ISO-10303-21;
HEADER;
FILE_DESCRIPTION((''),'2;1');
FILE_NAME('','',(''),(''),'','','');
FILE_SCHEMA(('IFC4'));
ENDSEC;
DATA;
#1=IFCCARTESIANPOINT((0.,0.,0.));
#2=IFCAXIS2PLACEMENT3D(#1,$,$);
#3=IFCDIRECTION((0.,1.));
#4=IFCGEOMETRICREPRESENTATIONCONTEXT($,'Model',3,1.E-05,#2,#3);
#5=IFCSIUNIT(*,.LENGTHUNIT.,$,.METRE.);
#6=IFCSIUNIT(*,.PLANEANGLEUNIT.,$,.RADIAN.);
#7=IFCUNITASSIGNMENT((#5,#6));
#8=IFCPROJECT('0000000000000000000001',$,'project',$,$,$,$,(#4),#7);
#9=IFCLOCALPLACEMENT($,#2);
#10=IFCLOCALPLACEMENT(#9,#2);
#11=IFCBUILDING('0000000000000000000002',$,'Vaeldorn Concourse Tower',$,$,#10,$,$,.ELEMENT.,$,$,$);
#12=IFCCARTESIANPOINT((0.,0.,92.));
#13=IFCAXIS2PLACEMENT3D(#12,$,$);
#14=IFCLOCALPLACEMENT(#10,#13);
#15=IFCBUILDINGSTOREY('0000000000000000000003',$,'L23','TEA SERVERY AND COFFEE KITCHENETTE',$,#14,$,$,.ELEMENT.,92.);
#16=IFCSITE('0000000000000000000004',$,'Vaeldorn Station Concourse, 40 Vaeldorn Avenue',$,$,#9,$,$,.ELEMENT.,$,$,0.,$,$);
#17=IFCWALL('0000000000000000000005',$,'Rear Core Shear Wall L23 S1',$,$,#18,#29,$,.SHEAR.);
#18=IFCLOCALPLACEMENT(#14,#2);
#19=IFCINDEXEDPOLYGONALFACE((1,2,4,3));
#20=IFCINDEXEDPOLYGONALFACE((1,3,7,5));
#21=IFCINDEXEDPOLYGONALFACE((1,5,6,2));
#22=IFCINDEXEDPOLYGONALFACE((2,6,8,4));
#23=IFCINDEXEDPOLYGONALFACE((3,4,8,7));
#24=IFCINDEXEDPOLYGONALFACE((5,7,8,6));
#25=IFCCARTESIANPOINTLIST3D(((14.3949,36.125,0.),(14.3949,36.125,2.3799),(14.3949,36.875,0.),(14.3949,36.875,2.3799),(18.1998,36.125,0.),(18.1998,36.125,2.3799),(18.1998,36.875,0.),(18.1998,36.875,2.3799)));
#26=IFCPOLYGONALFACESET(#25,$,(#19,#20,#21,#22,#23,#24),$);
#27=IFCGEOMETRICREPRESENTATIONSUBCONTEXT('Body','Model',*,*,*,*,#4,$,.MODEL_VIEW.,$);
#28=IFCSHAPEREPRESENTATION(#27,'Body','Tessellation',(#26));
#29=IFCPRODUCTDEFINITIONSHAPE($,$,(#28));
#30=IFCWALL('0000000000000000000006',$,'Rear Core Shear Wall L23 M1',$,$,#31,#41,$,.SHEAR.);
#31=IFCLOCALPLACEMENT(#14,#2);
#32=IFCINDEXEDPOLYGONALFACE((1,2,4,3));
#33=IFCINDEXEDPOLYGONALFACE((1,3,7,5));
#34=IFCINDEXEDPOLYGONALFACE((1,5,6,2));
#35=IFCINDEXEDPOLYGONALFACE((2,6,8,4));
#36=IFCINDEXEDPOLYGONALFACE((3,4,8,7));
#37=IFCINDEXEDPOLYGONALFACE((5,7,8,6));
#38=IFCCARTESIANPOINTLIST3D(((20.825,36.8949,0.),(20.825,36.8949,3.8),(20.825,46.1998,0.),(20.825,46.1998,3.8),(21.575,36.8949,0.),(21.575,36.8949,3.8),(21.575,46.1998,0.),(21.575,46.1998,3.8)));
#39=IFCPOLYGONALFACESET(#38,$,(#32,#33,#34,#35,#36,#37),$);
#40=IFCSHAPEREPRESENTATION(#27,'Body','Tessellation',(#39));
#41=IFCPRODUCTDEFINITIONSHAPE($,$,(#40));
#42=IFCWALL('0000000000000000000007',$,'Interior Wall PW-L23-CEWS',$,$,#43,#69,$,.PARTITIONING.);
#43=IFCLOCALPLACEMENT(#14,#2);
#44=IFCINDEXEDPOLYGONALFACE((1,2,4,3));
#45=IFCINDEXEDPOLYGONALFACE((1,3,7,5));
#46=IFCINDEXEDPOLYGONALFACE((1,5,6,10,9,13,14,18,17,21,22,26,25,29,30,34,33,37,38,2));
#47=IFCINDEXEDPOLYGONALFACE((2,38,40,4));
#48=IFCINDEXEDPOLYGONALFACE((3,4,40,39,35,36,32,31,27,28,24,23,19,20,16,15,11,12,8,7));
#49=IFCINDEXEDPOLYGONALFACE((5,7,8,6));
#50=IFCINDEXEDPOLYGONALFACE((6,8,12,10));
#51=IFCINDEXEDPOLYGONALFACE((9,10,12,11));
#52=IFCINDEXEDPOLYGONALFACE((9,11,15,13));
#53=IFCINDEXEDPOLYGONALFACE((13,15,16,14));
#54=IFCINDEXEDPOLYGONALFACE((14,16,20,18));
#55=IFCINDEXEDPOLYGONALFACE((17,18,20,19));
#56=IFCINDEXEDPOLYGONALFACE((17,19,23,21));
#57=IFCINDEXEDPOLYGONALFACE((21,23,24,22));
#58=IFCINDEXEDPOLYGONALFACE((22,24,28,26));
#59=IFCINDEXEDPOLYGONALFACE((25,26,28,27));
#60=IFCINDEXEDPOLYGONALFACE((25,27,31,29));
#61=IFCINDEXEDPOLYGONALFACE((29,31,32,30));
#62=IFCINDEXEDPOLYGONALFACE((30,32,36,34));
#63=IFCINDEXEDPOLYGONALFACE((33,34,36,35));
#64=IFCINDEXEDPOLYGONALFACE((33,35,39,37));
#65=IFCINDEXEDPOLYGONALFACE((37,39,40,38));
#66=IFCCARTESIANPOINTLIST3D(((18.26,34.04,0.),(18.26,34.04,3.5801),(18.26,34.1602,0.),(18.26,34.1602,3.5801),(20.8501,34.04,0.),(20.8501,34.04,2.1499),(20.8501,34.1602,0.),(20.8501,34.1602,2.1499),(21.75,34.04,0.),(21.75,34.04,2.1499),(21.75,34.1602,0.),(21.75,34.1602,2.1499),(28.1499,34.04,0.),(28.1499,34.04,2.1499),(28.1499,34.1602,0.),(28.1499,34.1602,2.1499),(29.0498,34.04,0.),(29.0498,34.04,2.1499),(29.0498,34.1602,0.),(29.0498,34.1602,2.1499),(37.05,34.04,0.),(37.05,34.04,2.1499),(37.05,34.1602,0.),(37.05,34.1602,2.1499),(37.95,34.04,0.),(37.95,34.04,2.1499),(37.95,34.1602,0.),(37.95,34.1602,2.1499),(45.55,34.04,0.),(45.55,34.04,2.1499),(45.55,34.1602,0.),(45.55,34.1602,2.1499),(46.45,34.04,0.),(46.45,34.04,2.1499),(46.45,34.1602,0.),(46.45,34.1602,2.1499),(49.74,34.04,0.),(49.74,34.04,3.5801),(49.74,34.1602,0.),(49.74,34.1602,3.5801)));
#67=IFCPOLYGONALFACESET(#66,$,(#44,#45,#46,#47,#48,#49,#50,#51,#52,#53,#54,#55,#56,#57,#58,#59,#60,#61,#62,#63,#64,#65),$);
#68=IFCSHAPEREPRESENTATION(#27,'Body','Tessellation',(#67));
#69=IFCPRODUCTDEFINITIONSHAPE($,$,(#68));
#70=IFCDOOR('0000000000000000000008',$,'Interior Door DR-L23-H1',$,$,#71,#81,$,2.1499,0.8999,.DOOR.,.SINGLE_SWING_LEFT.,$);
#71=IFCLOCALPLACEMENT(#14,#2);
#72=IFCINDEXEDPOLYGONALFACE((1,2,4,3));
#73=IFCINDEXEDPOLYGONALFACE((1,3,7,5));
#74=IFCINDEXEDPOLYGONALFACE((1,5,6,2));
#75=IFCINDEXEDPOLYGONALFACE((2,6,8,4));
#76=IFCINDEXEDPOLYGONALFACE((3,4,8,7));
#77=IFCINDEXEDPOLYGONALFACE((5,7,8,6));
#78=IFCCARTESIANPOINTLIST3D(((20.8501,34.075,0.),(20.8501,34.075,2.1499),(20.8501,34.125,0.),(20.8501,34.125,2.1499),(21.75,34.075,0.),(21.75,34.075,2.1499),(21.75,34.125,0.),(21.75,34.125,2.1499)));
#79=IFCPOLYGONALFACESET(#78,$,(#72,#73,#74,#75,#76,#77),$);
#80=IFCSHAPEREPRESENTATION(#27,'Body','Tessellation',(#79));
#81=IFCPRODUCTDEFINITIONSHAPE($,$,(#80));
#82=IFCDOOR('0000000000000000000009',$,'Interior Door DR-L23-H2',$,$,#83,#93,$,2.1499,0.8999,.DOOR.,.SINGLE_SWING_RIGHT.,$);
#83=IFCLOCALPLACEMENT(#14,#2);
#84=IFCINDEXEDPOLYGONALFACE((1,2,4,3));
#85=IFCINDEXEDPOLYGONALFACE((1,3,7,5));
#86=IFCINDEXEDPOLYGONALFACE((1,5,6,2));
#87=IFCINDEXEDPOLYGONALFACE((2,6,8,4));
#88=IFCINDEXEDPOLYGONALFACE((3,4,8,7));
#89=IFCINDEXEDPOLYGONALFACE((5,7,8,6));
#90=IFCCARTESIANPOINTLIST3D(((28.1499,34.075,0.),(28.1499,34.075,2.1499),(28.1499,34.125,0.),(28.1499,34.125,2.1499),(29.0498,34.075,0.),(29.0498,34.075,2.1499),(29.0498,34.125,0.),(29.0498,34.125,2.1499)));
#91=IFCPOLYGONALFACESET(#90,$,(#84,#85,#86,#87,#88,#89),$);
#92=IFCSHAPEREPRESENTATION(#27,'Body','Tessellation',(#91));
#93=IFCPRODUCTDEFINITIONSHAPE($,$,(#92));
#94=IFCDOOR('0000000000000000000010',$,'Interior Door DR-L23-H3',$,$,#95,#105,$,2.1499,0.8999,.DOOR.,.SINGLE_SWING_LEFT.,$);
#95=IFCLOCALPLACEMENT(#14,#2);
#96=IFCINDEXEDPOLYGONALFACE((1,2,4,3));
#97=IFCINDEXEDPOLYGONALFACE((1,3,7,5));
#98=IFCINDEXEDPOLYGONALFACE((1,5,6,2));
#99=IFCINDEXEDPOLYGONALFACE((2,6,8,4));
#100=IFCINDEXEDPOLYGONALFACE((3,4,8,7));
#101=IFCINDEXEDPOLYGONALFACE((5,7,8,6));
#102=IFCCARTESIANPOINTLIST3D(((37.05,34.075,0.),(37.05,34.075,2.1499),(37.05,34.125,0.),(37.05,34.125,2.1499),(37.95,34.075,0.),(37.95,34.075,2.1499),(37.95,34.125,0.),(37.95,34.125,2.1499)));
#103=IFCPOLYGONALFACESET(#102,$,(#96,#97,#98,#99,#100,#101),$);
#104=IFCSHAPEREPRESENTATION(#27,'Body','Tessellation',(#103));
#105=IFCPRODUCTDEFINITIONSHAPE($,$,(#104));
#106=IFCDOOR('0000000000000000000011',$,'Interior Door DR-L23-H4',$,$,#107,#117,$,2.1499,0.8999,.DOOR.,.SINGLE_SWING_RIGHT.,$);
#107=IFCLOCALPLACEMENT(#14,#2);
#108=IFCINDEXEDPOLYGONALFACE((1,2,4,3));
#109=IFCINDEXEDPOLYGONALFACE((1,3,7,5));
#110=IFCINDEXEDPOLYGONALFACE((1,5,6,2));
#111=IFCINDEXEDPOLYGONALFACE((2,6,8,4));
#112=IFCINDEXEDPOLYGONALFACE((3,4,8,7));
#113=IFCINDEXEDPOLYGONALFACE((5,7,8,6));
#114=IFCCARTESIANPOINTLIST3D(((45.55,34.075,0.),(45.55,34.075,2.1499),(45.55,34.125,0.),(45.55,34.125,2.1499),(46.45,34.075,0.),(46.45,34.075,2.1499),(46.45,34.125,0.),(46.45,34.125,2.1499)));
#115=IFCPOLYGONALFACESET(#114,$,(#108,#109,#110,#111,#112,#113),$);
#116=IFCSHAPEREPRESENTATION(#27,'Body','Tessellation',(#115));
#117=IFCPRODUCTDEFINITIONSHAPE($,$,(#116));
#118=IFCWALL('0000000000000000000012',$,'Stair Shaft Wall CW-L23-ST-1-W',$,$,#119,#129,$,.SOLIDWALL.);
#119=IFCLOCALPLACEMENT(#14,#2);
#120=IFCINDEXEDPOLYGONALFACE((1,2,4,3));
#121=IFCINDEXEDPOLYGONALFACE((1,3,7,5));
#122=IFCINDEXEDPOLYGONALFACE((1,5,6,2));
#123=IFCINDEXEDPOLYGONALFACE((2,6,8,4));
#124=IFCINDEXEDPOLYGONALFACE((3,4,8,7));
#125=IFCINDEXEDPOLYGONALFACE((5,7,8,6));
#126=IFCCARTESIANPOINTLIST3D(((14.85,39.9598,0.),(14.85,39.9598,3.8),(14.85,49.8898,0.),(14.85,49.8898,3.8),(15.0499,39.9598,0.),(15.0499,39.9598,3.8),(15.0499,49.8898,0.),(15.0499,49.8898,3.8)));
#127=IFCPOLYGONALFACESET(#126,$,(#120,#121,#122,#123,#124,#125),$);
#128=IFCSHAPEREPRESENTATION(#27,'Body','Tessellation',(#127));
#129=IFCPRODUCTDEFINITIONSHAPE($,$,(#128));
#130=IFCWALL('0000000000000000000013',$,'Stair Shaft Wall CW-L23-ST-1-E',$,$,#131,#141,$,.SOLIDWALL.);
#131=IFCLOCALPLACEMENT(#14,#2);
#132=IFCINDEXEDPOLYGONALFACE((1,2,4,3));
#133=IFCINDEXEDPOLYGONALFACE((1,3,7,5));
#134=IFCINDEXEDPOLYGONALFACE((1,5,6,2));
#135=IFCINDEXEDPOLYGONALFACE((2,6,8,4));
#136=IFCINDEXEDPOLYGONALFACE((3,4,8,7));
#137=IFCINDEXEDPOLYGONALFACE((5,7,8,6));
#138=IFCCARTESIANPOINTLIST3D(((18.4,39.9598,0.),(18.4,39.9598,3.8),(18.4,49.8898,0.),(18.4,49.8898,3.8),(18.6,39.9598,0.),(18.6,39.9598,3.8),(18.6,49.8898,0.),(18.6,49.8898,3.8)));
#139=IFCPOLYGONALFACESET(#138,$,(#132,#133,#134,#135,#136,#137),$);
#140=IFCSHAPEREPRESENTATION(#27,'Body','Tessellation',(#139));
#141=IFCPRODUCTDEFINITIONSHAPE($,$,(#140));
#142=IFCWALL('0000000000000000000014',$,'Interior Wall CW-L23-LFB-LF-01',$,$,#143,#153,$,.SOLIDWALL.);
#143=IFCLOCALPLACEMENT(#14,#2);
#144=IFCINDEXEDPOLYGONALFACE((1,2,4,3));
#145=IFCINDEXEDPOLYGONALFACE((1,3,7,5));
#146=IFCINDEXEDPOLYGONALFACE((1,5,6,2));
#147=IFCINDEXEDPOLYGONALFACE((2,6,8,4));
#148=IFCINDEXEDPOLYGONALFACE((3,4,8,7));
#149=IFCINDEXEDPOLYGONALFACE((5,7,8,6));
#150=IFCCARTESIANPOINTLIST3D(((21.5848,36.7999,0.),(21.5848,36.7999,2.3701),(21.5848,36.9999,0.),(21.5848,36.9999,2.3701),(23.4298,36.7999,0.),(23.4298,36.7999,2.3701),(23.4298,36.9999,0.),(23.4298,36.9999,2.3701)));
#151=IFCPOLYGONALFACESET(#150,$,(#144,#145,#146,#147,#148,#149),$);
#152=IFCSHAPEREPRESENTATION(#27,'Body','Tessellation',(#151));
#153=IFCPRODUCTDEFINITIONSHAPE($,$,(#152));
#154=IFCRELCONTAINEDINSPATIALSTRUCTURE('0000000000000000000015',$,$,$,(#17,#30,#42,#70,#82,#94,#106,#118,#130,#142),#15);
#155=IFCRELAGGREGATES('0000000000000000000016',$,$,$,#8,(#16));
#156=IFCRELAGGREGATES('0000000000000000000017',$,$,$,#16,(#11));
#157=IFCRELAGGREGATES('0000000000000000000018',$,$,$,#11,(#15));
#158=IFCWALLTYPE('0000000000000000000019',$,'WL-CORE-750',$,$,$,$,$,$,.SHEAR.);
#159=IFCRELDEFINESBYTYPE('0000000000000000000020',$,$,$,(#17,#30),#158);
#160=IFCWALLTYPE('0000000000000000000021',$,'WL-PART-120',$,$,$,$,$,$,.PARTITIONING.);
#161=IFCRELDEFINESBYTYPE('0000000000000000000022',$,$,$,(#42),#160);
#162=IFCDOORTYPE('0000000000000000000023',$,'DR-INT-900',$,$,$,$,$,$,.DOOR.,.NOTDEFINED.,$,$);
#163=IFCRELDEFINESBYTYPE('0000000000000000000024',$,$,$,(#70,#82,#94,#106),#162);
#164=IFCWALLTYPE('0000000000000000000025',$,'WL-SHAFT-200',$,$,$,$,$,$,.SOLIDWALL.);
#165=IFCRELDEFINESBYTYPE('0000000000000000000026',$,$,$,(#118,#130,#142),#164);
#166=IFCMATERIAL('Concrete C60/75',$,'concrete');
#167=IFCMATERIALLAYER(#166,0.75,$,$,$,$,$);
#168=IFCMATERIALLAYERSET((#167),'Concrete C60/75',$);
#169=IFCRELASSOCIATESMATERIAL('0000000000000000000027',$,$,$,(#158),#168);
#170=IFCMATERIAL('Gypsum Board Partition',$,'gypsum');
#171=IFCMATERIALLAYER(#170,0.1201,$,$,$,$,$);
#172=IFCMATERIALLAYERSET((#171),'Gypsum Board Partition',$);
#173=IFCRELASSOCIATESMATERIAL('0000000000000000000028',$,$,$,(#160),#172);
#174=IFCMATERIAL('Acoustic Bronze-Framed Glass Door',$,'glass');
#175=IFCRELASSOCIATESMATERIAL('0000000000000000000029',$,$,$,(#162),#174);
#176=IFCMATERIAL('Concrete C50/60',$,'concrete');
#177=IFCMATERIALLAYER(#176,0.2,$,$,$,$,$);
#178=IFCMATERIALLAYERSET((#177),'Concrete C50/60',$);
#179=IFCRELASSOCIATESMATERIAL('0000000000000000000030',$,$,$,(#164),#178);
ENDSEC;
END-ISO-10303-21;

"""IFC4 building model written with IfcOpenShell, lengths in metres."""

from ifc_helpers import new_model, si_unit, direction, frame, frame_2d, origin, place, context, subcontext, project, spatial, rectangle, extrude, source, transform, mapped, material, layer, layer_set, type_object, element, fill, save


model = new_model("IFC4")

# Units and contexts
model_context = context("Model", 3, precision=1e-05, world=origin(), true_north=direction((0.0, 1.0)))
body_context = subcontext(model_context, "Body", "Model", "MODEL_VIEW")
ifc_project = project(units=[si_unit("LENGTHUNIT", "METRE"), si_unit("PLANEANGLEUNIT", "RADIAN")], contexts=[model_context])

# Site, building, storey
site_placement = place(None, origin())
site = spatial("IfcSite", under=ifc_project, at=site_placement, Name="Vaeldorn Station Concourse, 40 Vaeldorn Avenue", CompositionType="ELEMENT", RefElevation=0.0)
building_placement = place(site_placement, origin())
building = spatial("IfcBuilding", under=site, at=building_placement, Name="Vaeldorn Concourse Tower", CompositionType="ELEMENT")
storey_placement = place(building_placement, frame((0.0, 0.0, 92.0)))
storey = spatial("IfcBuildingStorey", under=building, at=storey_placement, Name="L23", Description="TEA SERVERY AND COFFEE KITCHENETTE", CompositionType="ELEMENT", Elevation=92.0)

# Walls
ifc_material_1 = material(Name="Concrete C60/75", Category="concrete")
ifc_layer_1 = layer(ifc_material_1, 0.75)
ifc_layer_set_1 = layer_set([ifc_layer_1], Name="Concrete C60/75")
wall_type_1 = type_object("IfcWallType", Name="WL-CORE-750", PredefinedType="SHEAR", material=ifc_layer_set_1)
wall_1_placement = place(storey_placement, frame((14.395, 36.5, 0.0), z_axis=(0.0, 0.0, 1.0), x_axis=(1.0, 0.0, 0.0)))
element("IfcWall", 1, at=wall_1_placement, inside=storey, type_object=wall_type_1, Name="Rear Core Shear Wall L23 S1", PredefinedType="SHEAR", context=body_context, shape_type="SweptSolid", body=[
    extrude(rectangle(XDim=3.8049, YDim=0.75, at=frame_2d((1.9023, 0.0))), origin(), (0.0, 0.0, 1.0), 2.3799),
])
wall_2_placement = place(storey_placement, frame((21.2, 36.895, 0.0), z_axis=(0.0, 0.0, 1.0), x_axis=(0.0, 1.0, 0.0)))
element("IfcWall", 2, at=wall_2_placement, inside=storey, type_object=wall_type_1, Name="Rear Core Shear Wall L23 M1", PredefinedType="SHEAR", context=body_context, shape_type="SweptSolid", body=[
    extrude(rectangle(XDim=9.3049, YDim=0.75, at=frame_2d((4.6523, 0.0))), origin(), (0.0, 0.0, 1.0), 3.8),
])

# Wall, openings, doors
ifc_material_2 = material(Name="Gypsum Board Partition", Category="gypsum")
ifc_layer_2 = layer(ifc_material_2, 0.1201)
ifc_layer_set_2 = layer_set([ifc_layer_2], Name="Gypsum Board Partition")
wall_type_2 = type_object("IfcWallType", Name="WL-PART-120", PredefinedType="PARTITIONING", material=ifc_layer_set_2)
wall_3_placement = place(storey_placement, frame((18.26, 34.1001, 0.0), z_axis=(0.0, 0.0, 1.0), x_axis=(1.0, 0.0, 0.0)))
wall_3 = element("IfcWall", 3, at=wall_3_placement, inside=storey, type_object=wall_type_2, Name="Interior Wall PW-L23-CEWS", PredefinedType="PARTITIONING", context=body_context, shape_type="SweptSolid", body=[
    extrude(rectangle(XDim=31.48, YDim=0.1201, at=frame_2d((15.74, 0.0))), origin(), (0.0, 0.0, 1.0), 3.5801),
])
opening_1_placement = place(wall_3_placement, frame((2.5901, 0.0, 0.0)))
opening_1 = element("IfcOpeningElement", 4, at=opening_1_placement, cuts=wall_3, PredefinedType="OPENING", context=body_context, shape_type="SweptSolid", body=[
    extrude(rectangle(XDim=0.8999, YDim=2.1499, at=frame_2d((0.45, 1.075))), frame((0.0, 0.0701, 0.0), z_axis=(0.0, -1.0, 0.0), x_axis=(1.0, 0.0, 0.0)), (0.0, 0.0, 1.0), 0.1401),
])
opening_2_placement = place(wall_3_placement, frame((9.8899, 0.0, 0.0)))
opening_2 = element("IfcOpeningElement", 5, at=opening_2_placement, cuts=wall_3, PredefinedType="OPENING", context=body_context, shape_type="SweptSolid", body=[
    extrude(rectangle(XDim=0.8999, YDim=2.1499, at=frame_2d((0.45, 1.075))), frame((0.0, 0.0701, 0.0), z_axis=(0.0, -1.0, 0.0), x_axis=(1.0, 0.0, 0.0)), (0.0, 0.0, 1.0), 0.1401),
])
opening_3_placement = place(wall_3_placement, frame((18.79, 0.0, 0.0)))
opening_3 = element("IfcOpeningElement", 6, at=opening_3_placement, cuts=wall_3, PredefinedType="OPENING", context=body_context, shape_type="SweptSolid", body=[
    extrude(rectangle(XDim=0.8999, YDim=2.1499, at=frame_2d((0.45, 1.075))), frame((0.0, 0.0701, 0.0), z_axis=(0.0, -1.0, 0.0), x_axis=(1.0, 0.0, 0.0)), (0.0, 0.0, 1.0), 0.1401),
])
opening_4_placement = place(wall_3_placement, frame((27.29, 0.0, 0.0)))
opening_4 = element("IfcOpeningElement", 7, at=opening_4_placement, cuts=wall_3, PredefinedType="OPENING", context=body_context, shape_type="SweptSolid", body=[
    extrude(rectangle(XDim=0.8999, YDim=2.1499, at=frame_2d((0.45, 1.075))), frame((0.0, 0.0701, 0.0), z_axis=(0.0, -1.0, 0.0), x_axis=(1.0, 0.0, 0.0)), (0.0, 0.0, 1.0), 0.1401),
])
ifc_material_3 = material(Name="Acoustic Bronze-Framed Glass Door", Category="glass")
door_type_1 = type_object("IfcDoorType", Name="DR-INT-900", OperationType="NOTDEFINED", PredefinedType="DOOR", material=ifc_material_3)
shared_shape_1 = source(origin(), body_context, "Body", "SweptSolid", [
    extrude(rectangle(XDim=0.8999, YDim=2.1499, at=frame_2d((0.45, 1.075))), frame((0.0, 0.0249, 0.0), z_axis=(0.0, -1.0, 0.0), x_axis=(1.0, 0.0, 0.0)), (0.0, 0.0, 1.0), 0.05),
])
door_1_placement = place(opening_1_placement, origin())
door_1 = element("IfcDoor", 8, at=door_1_placement, inside=storey, type_object=door_type_1, Name="Interior Door DR-L23-H1", OperationType="SINGLE_SWING_LEFT", OverallHeight=2.1499, OverallWidth=0.8999, PredefinedType="DOOR", context=body_context, shape_type="MappedRepresentation", body=[
    mapped(shared_shape_1, transform((0.0, 0.0, 0.0), scale=1.0)),
])
fill(opening_1, door_1)
door_2_placement = place(opening_2_placement, origin())
door_2 = element("IfcDoor", 9, at=door_2_placement, inside=storey, type_object=door_type_1, Name="Interior Door DR-L23-H2", OperationType="SINGLE_SWING_RIGHT", OverallHeight=2.1499, OverallWidth=0.8999, PredefinedType="DOOR", context=body_context, shape_type="MappedRepresentation", body=[
    mapped(shared_shape_1, transform((0.0, 0.0, 0.0), scale=1.0)),
])
fill(opening_2, door_2)
door_3_placement = place(opening_3_placement, origin())
door_3 = element("IfcDoor", 10, at=door_3_placement, inside=storey, type_object=door_type_1, Name="Interior Door DR-L23-H3", OperationType="SINGLE_SWING_LEFT", OverallHeight=2.1499, OverallWidth=0.8999, PredefinedType="DOOR", context=body_context, shape_type="MappedRepresentation", body=[
    mapped(shared_shape_1, transform((0.0, 0.0, 0.0), scale=1.0)),
])
fill(opening_3, door_3)
door_4_placement = place(opening_4_placement, origin())
door_4 = element("IfcDoor", 11, at=door_4_placement, inside=storey, type_object=door_type_1, Name="Interior Door DR-L23-H4", OperationType="SINGLE_SWING_RIGHT", OverallHeight=2.1499, OverallWidth=0.8999, PredefinedType="DOOR", context=body_context, shape_type="MappedRepresentation", body=[
    mapped(shared_shape_1, transform((0.0, 0.0, 0.0), scale=1.0)),
])
fill(opening_4, door_4)

# Walls
ifc_material_4 = material(Name="Concrete C50/60", Category="concrete")
ifc_layer_3 = layer(ifc_material_4, 0.2)
ifc_layer_set_3 = layer_set([ifc_layer_3], Name="Concrete C50/60")
wall_type_3 = type_object("IfcWallType", Name="WL-SHAFT-200", PredefinedType="SOLIDWALL", material=ifc_layer_set_3)
for number, where, z_axis, x_axis, name in (
    (12, (14.95, 39.96, 0.0), (0.0, 0.0, 1.0), (0.0, 1.0, 0.0), "Stair Shaft Wall CW-L23-ST-1-W"),
    (13, (18.5, 39.96, 0.0), (0.0, 0.0, 1.0), (0.0, 1.0, 0.0), "Stair Shaft Wall CW-L23-ST-1-E"),
):
    element("IfcWall", number, at=place(storey_placement, frame(where, z_axis=z_axis, x_axis=x_axis)), inside=storey, type_object=wall_type_3, Name=name, PredefinedType="SOLIDWALL", context=body_context, shape_type="SweptSolid", body=[
        extrude(rectangle(XDim=9.9299, YDim=0.2, at=frame_2d((4.9648, 0.0))), origin(), (0.0, 0.0, 1.0), 3.8),
    ])

# Wall
wall_4_placement = place(storey_placement, frame((21.585, 36.8999, 0.0), z_axis=(0.0, 0.0, 1.0), x_axis=(1.0, 0.0, 0.0)))
element("IfcWall", 14, at=wall_4_placement, inside=storey, type_object=wall_type_3, Name="Interior Wall CW-L23-LFB-LF-01", PredefinedType="SOLIDWALL", context=body_context, shape_type="SweptSolid", body=[
    extrude(rectangle(XDim=1.845, YDim=0.2, at=frame_2d((0.9224, 0.0))), origin(), (0.0, 0.0, 1.0), 2.3701),
])

save(model, "model.ifc")
